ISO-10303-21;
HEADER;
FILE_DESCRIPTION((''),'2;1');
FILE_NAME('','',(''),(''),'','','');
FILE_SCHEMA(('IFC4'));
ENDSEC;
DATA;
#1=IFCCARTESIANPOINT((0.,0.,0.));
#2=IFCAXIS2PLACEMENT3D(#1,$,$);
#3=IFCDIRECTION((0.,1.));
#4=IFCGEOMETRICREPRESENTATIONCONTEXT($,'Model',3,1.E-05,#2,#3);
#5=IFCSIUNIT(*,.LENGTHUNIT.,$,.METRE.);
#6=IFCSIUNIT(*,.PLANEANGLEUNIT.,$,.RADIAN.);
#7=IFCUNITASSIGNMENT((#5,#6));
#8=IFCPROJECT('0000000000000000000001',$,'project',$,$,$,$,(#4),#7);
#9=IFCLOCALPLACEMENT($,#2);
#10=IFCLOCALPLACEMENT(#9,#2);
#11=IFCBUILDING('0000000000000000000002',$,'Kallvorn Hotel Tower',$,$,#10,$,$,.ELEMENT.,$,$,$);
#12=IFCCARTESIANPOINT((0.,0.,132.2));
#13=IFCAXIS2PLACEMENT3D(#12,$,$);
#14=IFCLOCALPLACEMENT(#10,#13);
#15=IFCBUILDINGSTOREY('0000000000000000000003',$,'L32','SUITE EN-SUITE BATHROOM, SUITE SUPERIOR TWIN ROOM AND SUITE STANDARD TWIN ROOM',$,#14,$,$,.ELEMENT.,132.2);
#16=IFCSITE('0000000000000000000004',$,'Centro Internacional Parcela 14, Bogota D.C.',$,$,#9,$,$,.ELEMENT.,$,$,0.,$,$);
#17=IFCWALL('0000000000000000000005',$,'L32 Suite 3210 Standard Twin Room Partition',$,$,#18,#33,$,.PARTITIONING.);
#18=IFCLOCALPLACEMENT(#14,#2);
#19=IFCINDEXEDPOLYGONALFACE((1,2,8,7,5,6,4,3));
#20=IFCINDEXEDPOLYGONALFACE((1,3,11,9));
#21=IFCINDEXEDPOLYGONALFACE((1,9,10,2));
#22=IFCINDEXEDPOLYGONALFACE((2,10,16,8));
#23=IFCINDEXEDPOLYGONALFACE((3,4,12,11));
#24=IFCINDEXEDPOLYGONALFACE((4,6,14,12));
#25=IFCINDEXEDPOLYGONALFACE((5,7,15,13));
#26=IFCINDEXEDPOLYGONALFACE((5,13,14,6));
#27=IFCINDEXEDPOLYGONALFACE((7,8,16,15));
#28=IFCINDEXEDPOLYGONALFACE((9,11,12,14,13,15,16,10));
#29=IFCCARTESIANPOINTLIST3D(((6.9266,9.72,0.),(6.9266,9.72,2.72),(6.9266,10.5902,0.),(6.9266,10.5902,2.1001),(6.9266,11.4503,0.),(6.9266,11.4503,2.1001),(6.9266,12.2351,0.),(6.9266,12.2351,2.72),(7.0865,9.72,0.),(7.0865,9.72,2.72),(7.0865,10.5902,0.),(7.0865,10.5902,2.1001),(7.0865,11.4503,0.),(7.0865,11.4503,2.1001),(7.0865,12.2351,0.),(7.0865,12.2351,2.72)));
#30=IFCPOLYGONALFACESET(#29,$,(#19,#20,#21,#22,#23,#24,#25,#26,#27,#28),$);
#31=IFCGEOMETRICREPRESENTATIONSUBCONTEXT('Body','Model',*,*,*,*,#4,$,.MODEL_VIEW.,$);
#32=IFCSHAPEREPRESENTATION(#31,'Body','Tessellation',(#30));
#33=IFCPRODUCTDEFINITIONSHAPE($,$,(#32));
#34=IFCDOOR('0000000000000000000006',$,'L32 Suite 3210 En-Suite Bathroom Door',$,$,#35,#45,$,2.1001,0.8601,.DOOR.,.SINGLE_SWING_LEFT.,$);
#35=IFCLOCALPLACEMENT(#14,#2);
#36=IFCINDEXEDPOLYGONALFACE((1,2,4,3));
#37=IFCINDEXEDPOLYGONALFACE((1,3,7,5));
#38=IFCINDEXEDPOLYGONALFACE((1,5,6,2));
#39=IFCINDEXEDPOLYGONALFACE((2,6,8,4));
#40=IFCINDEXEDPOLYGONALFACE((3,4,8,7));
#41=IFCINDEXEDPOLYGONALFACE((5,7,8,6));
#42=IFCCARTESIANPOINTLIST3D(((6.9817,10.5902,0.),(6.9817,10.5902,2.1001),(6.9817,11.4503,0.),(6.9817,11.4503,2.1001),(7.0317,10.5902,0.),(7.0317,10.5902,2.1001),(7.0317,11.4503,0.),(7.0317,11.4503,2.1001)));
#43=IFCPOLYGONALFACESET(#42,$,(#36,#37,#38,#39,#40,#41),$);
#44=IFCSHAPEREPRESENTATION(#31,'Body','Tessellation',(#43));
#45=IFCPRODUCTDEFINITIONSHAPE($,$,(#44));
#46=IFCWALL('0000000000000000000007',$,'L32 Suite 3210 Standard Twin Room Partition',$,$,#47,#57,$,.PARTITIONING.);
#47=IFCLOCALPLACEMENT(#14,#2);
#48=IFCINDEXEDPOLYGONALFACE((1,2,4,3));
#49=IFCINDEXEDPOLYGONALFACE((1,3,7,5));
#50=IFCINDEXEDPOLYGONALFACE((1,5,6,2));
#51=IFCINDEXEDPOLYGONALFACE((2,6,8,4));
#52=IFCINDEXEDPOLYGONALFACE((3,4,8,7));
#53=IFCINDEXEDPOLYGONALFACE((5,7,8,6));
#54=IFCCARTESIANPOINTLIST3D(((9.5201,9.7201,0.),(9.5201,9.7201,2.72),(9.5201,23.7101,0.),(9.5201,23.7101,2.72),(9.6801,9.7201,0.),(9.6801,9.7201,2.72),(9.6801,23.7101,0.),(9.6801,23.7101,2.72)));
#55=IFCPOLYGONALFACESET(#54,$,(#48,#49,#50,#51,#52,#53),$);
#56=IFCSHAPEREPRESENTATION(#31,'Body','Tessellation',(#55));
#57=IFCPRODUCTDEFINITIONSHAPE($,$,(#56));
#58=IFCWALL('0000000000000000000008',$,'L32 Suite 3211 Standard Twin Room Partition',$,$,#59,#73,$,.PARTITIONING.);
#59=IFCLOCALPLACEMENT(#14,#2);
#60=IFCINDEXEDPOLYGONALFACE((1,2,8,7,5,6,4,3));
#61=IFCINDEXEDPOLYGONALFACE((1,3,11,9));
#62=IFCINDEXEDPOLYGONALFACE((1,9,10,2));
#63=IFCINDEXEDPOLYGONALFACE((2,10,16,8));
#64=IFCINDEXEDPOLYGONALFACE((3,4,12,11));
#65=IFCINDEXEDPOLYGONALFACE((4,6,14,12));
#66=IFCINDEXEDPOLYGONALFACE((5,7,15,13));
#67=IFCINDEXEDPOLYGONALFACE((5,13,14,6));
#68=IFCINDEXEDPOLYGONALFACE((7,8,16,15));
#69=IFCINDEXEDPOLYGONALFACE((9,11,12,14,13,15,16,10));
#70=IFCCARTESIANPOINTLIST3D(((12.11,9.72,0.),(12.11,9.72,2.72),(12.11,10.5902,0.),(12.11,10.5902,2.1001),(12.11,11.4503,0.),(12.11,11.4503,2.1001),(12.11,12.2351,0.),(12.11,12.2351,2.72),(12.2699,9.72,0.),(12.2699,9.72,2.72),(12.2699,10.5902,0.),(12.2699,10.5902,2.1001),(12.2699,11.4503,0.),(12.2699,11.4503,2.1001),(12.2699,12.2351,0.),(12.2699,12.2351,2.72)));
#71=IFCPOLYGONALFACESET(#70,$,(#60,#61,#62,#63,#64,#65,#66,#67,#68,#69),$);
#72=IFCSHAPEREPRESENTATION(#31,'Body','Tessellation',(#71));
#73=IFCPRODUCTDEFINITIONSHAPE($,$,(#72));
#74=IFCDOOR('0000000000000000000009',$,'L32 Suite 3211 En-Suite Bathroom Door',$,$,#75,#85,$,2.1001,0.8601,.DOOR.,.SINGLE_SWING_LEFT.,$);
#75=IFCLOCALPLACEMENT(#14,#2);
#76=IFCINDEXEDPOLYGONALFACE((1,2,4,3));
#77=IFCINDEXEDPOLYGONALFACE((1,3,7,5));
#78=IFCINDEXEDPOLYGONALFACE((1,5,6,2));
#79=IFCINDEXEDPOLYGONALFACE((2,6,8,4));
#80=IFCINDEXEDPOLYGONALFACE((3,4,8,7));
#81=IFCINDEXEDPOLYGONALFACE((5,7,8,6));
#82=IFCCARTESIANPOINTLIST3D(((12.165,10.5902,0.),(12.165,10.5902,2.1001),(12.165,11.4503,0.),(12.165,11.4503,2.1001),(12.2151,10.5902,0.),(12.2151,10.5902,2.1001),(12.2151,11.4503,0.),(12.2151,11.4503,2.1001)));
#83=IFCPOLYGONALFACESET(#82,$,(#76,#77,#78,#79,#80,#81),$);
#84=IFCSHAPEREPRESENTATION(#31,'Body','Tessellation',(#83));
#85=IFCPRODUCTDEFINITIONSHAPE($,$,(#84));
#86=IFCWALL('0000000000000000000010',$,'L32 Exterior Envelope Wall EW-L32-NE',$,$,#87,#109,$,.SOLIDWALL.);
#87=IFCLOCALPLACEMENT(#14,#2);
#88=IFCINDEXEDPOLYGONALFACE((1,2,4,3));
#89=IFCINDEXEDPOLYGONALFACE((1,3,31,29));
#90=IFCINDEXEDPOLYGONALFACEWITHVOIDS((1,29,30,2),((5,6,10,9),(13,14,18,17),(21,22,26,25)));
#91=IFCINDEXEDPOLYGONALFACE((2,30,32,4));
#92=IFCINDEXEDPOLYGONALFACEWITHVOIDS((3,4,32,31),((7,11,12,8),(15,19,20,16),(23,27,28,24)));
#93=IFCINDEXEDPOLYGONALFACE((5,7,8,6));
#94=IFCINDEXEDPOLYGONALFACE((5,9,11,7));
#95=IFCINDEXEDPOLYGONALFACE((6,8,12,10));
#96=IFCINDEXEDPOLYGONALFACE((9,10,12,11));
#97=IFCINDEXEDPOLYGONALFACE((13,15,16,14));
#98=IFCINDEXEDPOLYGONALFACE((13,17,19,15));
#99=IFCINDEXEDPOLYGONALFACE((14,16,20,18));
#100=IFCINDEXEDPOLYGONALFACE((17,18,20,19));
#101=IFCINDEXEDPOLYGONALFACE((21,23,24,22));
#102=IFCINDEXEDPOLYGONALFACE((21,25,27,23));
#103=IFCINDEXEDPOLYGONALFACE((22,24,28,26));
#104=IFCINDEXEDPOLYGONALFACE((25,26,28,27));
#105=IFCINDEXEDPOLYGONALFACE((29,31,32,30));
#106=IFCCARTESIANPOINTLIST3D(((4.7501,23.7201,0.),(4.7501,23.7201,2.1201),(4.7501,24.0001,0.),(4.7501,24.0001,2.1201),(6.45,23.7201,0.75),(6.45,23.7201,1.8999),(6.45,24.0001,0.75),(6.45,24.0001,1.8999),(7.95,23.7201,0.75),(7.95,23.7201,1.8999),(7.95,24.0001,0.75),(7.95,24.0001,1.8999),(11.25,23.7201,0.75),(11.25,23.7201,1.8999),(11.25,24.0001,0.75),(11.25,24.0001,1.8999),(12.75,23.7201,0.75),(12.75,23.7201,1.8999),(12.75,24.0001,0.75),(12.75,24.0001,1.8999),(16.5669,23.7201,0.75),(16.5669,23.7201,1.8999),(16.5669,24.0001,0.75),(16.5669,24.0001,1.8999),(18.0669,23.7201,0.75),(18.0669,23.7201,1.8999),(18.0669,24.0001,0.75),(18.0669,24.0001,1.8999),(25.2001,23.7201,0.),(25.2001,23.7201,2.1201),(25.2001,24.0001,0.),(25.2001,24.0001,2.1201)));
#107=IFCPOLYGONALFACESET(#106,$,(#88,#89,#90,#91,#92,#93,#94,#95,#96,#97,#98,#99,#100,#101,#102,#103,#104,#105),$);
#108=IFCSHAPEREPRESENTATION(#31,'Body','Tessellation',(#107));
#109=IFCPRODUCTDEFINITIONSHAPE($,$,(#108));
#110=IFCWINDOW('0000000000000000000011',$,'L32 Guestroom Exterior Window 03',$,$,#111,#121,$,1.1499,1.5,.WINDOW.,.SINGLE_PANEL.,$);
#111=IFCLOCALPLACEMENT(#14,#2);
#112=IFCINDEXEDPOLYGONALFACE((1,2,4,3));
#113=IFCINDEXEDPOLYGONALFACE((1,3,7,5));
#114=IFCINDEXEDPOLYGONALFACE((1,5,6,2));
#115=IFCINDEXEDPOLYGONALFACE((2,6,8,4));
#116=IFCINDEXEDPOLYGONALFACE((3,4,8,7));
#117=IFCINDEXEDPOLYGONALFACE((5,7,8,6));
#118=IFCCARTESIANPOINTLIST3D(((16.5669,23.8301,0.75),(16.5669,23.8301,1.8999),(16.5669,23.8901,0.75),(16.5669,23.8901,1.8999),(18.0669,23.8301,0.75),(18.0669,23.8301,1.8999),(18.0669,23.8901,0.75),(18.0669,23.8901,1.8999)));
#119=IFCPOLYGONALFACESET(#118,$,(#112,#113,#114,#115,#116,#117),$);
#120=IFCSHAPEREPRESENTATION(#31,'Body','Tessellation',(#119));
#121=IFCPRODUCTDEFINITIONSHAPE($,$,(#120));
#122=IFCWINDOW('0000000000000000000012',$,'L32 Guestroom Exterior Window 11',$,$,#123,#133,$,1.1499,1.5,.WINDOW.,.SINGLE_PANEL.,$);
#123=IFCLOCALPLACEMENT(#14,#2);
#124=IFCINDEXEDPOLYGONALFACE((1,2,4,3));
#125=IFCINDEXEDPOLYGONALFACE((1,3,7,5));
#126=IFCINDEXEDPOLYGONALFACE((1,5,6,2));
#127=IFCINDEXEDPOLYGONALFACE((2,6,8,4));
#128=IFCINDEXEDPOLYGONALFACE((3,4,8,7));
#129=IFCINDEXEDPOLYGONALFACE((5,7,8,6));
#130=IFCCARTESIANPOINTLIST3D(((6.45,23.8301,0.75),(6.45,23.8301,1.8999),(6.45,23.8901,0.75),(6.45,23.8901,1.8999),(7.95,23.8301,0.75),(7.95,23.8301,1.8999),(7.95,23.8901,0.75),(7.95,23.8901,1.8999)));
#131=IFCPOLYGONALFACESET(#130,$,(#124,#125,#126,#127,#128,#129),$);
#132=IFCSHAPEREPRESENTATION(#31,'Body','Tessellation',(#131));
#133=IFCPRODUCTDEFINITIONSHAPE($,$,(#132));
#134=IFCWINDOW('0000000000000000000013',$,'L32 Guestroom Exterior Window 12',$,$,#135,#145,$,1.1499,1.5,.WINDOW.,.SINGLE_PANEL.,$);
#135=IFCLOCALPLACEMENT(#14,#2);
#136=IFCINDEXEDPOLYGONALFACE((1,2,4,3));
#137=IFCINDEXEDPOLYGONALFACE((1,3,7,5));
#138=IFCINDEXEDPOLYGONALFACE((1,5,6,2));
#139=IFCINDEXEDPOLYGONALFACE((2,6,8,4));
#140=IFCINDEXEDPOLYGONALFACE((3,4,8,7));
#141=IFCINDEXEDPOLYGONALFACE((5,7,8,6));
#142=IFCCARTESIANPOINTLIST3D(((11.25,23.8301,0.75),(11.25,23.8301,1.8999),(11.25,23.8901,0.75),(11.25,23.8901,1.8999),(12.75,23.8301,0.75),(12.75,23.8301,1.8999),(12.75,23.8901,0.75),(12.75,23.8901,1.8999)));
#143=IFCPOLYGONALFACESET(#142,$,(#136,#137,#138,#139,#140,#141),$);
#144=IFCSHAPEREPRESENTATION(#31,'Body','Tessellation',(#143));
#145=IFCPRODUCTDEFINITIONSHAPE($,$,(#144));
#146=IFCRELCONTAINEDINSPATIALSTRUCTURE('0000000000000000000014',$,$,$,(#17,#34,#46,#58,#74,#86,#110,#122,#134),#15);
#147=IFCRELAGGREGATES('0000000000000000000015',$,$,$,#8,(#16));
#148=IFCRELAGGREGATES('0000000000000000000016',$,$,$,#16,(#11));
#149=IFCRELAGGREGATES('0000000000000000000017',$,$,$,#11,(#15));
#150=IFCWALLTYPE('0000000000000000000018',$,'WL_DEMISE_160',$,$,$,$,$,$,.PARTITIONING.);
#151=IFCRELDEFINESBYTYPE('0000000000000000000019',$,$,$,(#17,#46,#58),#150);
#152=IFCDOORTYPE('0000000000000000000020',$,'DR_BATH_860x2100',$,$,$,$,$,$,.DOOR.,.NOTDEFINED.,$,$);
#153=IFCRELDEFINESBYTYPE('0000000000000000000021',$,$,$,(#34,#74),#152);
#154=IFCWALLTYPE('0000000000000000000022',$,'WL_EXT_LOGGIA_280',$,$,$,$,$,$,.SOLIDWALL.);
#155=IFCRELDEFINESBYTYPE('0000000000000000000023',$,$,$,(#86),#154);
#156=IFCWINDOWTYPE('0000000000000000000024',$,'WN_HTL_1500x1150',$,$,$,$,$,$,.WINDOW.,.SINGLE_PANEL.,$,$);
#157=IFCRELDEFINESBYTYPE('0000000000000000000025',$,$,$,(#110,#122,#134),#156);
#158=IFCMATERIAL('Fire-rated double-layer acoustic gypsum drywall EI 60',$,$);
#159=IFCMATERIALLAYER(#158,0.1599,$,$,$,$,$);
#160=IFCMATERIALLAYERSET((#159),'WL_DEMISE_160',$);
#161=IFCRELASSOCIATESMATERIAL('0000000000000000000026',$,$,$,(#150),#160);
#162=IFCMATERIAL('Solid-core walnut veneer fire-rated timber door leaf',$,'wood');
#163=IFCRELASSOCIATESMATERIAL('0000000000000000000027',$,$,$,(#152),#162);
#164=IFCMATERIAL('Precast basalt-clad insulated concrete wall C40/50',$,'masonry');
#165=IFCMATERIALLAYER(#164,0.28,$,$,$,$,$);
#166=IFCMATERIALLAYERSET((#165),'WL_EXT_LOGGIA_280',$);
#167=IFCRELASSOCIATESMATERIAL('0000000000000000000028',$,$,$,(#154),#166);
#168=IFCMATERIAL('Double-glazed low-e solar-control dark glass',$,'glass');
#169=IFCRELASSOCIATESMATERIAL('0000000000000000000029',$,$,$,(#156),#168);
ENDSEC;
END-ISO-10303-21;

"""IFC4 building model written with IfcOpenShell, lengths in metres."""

from ifc_helpers import new_model, si_unit, direction, frame, frame_2d, origin, place, context, subcontext, project, spatial, rectangle, extrude, material, layer, layer_set, type_object, element, fill, save


model = new_model("IFC4")

# Units and contexts
model_context = context("Model", 3, precision=1e-05, world=origin(), true_north=direction((0.0, 1.0)))
body_context = subcontext(model_context, "Body", "Model", "MODEL_VIEW")
ifc_project = project(units=[si_unit("LENGTHUNIT", "METRE"), si_unit("PLANEANGLEUNIT", "RADIAN")], contexts=[model_context])

# Site, building, storey
site_placement = place(None, origin())
site = spatial("IfcSite", under=ifc_project, at=site_placement, Name="Centro Internacional Parcela 14, Bogota D.C.", CompositionType="ELEMENT", RefElevation=0.0)
building_placement = place(site_placement, origin())
building = spatial("IfcBuilding", under=site, at=building_placement, Name="Kallvorn Hotel Tower", CompositionType="ELEMENT")
storey_placement = place(building_placement, frame((0.0, 0.0, 132.2)))
storey = spatial("IfcBuildingStorey", under=building, at=storey_placement, Name="L32", Description="SUITE EN-SUITE BATHROOM, SUITE SUPERIOR TWIN ROOM AND SUITE STANDARD TWIN ROOM", CompositionType="ELEMENT", Elevation=132.2)

# Shared definitions
ifc_material_1 = material(Name="Fire-rated double-layer acoustic gypsum drywall EI 60")
ifc_layer_1 = layer(ifc_material_1, 0.1599)
ifc_layer_set_1 = layer_set([ifc_layer_1], Name="WL_DEMISE_160")
wall_type_1 = type_object("IfcWallType", Name="WL_DEMISE_160", PredefinedType="PARTITIONING", material=ifc_layer_set_1)

# Wall, opening, door
wall_1_placement = place(storey_placement, frame((7.0066, 9.72, 0.0), z_axis=(0.0, 0.0, 1.0), x_axis=(0.0, 1.0, 0.0)))
wall_1 = element("IfcWall", 1, at=wall_1_placement, inside=storey, type_object=wall_type_1, Name="L32 Suite 3210 Standard Twin Room Partition", PredefinedType="PARTITIONING", context=body_context, shape_type="SweptSolid", body=[
    extrude(rectangle(XDim=2.5151, YDim=0.1599, at=frame_2d((1.2576, 0.0))), origin(), (0.0, 0.0, 1.0), 2.72),
])
opening_1_placement = place(wall_1_placement, frame((0.8701, 0.0, 0.0)))
opening_1 = element("IfcOpeningElement", 2, at=opening_1_placement, cuts=wall_1, PredefinedType="OPENING", context=body_context, shape_type="SweptSolid", body=[
    extrude(rectangle(XDim=0.8601, YDim=2.1001, at=frame_2d((0.4302, 1.05))), frame((0.0, 0.095, 0.0), z_axis=(0.0, -1.0, 0.0), x_axis=(1.0, 0.0, 0.0)), (0.0, 0.0, 1.0), 0.1899),
])
ifc_material_2 = material(Name="Solid-core walnut veneer fire-rated timber door leaf", Category="wood")
door_type = type_object("IfcDoorType", Name="DR_BATH_860x2100", OperationType="NOTDEFINED", PredefinedType="DOOR", material=ifc_material_2)
door_1_placement = place(opening_1_placement, origin())
door_1 = element("IfcDoor", 3, at=door_1_placement, inside=storey, type_object=door_type, Name="L32 Suite 3210 En-Suite Bathroom Door", OperationType="SINGLE_SWING_LEFT", OverallHeight=2.1001, OverallWidth=0.8601, PredefinedType="DOOR", context=body_context, shape_type="SweptSolid", body=[
    extrude(rectangle(XDim=0.8601, YDim=2.1001, at=frame_2d((0.4302, 1.05))), frame((0.0, 0.0249, 0.0), z_axis=(0.0, -1.0, 0.0), x_axis=(1.0, 0.0, 0.0)), (0.0, 0.0, 1.0), 0.05),
])
fill(opening_1, door_1)

# Wall
wall_2_placement = place(storey_placement, frame((9.6001, 9.72, 0.0), z_axis=(0.0, 0.0, 1.0), x_axis=(0.0, 1.0, 0.0)))
element("IfcWall", 4, at=wall_2_placement, inside=storey, type_object=wall_type_1, Name="L32 Suite 3210 Standard Twin Room Partition", PredefinedType="PARTITIONING", context=body_context, shape_type="SweptSolid", body=[
    extrude(rectangle(XDim=13.99, YDim=0.1599, at=frame_2d((6.9951, 0.0))), origin(), (0.0, 0.0, 1.0), 2.72),
])

# Wall, opening, door
wall_3_placement = place(storey_placement, frame((12.1899, 9.72, 0.0), z_axis=(0.0, 0.0, 1.0), x_axis=(0.0, 1.0, 0.0)))
wall_3 = element("IfcWall", 5, at=wall_3_placement, inside=storey, type_object=wall_type_1, Name="L32 Suite 3211 Standard Twin Room Partition", PredefinedType="PARTITIONING", context=body_context, shape_type="SweptSolid", body=[
    extrude(rectangle(XDim=2.5151, YDim=0.1599, at=frame_2d((1.2576, 0.0))), origin(), (0.0, 0.0, 1.0), 2.72),
])
opening_2_placement = place(wall_3_placement, frame((0.8701, 0.0, 0.0)))
opening_2 = element("IfcOpeningElement", 6, at=opening_2_placement, cuts=wall_3, PredefinedType="OPENING", context=body_context, shape_type="SweptSolid", body=[
    extrude(rectangle(XDim=0.8601, YDim=2.1001, at=frame_2d((0.4302, 1.05))), frame((0.0, 0.095, 0.0), z_axis=(0.0, -1.0, 0.0), x_axis=(1.0, 0.0, 0.0)), (0.0, 0.0, 1.0), 0.1899),
])
door_2_placement = place(opening_2_placement, origin())
door_2 = element("IfcDoor", 7, at=door_2_placement, inside=storey, type_object=door_type, Name="L32 Suite 3211 En-Suite Bathroom Door", OperationType="SINGLE_SWING_LEFT", OverallHeight=2.1001, OverallWidth=0.8601, PredefinedType="DOOR", context=body_context, shape_type="SweptSolid", body=[
    extrude(rectangle(XDim=0.8601, YDim=2.1001, at=frame_2d((0.4302, 1.05))), frame((0.0, 0.0249, 0.0), z_axis=(0.0, -1.0, 0.0), x_axis=(1.0, 0.0, 0.0)), (0.0, 0.0, 1.0), 0.05),
])
fill(opening_2, door_2)

# Wall, openings, windows
ifc_material_3 = material(Name="Precast basalt-clad insulated concrete wall C40/50", Category="masonry")
ifc_layer_2 = layer(ifc_material_3, 0.28)
ifc_layer_set_2 = layer_set([ifc_layer_2], Name="WL_EXT_LOGGIA_280")
wall_type_2 = type_object("IfcWallType", Name="WL_EXT_LOGGIA_280", PredefinedType="SOLIDWALL", material=ifc_layer_set_2)
wall_4_placement = place(storey_placement, frame((4.75, 23.8601, 0.0), z_axis=(0.0, 0.0, 1.0), x_axis=(1.0, 0.0, 0.0)))
wall_4 = element("IfcWall", 8, at=wall_4_placement, inside=storey, type_object=wall_type_2, Name="L32 Exterior Envelope Wall EW-L32-NE", PredefinedType="SOLIDWALL", context=body_context, shape_type="SweptSolid", body=[
    extrude(rectangle(XDim=20.45, YDim=0.28, at=frame_2d((10.2251, 0.0))), origin(), (0.0, 0.0, 1.0), 2.1201),
])
opening_3_placement = place(wall_4_placement, frame((11.8169, 0.0, 0.75)))
opening_3 = element("IfcOpeningElement", 9, at=opening_3_placement, cuts=wall_4, PredefinedType="OPENING", context=body_context, shape_type="SweptSolid", body=[
    extrude(rectangle(XDim=1.5, YDim=1.1499, at=frame_2d((0.75, 0.575))), frame((0.0, 0.155, 0.0), z_axis=(0.0, -1.0, 0.0), x_axis=(1.0, 0.0, 0.0)), (0.0, 0.0, 1.0), 0.3101),
])
opening_4_placement = place(wall_4_placement, frame((1.7, 0.0, 0.75)))
opening_4 = element("IfcOpeningElement", 10, at=opening_4_placement, cuts=wall_4, PredefinedType="OPENING", context=body_context, shape_type="SweptSolid", body=[
    extrude(rectangle(XDim=1.5, YDim=1.1499, at=frame_2d((0.75, 0.575))), frame((0.0, 0.155, 0.0), z_axis=(0.0, -1.0, 0.0), x_axis=(1.0, 0.0, 0.0)), (0.0, 0.0, 1.0), 0.3101),
])
opening_5_placement = place(wall_4_placement, frame((6.5, 0.0, 0.75)))
opening_5 = element("IfcOpeningElement", 11, at=opening_5_placement, cuts=wall_4, PredefinedType="OPENING", context=body_context, shape_type="SweptSolid", body=[
    extrude(rectangle(XDim=1.5, YDim=1.1499, at=frame_2d((0.75, 0.575))), frame((0.0, 0.155, 0.0), z_axis=(0.0, -1.0, 0.0), x_axis=(1.0, 0.0, 0.0)), (0.0, 0.0, 1.0), 0.3101),
])
ifc_material_4 = material(Name="Double-glazed low-e solar-control dark glass", Category="glass")
window_type = type_object("IfcWindowType", Name="WN_HTL_1500x1150", PartitioningType="SINGLE_PANEL", PredefinedType="WINDOW", material=ifc_material_4)
window_1_placement = place(opening_3_placement, origin())
window_1 = element("IfcWindow", 12, at=window_1_placement, inside=storey, type_object=window_type, Name="L32 Guestroom Exterior Window 03", OverallHeight=1.1499, OverallWidth=1.5, PartitioningType="SINGLE_PANEL", PredefinedType="WINDOW", context=body_context, shape_type="SweptSolid", body=[
    extrude(rectangle(XDim=1.5, YDim=1.1499, at=frame_2d((0.75, 0.575))), frame((0.0, 0.03, 0.0), z_axis=(0.0, -1.0, 0.0), x_axis=(1.0, 0.0, 0.0)), (0.0, 0.0, 1.0), 0.0601),
])
fill(opening_3, window_1)
window_2_placement = place(opening_4_placement, origin())
window_2 = element("IfcWindow", 13, at=window_2_placement, inside=storey, type_object=window_type, Name="L32 Guestroom Exterior Window 11", OverallHeight=1.1499, OverallWidth=1.5, PartitioningType="SINGLE_PANEL", PredefinedType="WINDOW", context=body_context, shape_type="SweptSolid", body=[
    extrude(rectangle(XDim=1.5, YDim=1.1499, at=frame_2d((0.75, 0.575))), frame((0.0, 0.03, 0.0), z_axis=(0.0, -1.0, 0.0), x_axis=(1.0, 0.0, 0.0)), (0.0, 0.0, 1.0), 0.0601),
])
fill(opening_4, window_2)
window_3_placement = place(opening_5_placement, origin())
window_3 = element("IfcWindow", 14, at=window_3_placement, inside=storey, type_object=window_type, Name="L32 Guestroom Exterior Window 12", OverallHeight=1.1499, OverallWidth=1.5, PartitioningType="SINGLE_PANEL", PredefinedType="WINDOW", context=body_context, shape_type="SweptSolid", body=[
    extrude(rectangle(XDim=1.5, YDim=1.1499, at=frame_2d((0.75, 0.575))), frame((0.0, 0.03, 0.0), z_axis=(0.0, -1.0, 0.0), x_axis=(1.0, 0.0, 0.0)), (0.0, 0.0, 1.0), 0.0601),
])
fill(opening_5, window_3)

save(model, "model.ifc")
